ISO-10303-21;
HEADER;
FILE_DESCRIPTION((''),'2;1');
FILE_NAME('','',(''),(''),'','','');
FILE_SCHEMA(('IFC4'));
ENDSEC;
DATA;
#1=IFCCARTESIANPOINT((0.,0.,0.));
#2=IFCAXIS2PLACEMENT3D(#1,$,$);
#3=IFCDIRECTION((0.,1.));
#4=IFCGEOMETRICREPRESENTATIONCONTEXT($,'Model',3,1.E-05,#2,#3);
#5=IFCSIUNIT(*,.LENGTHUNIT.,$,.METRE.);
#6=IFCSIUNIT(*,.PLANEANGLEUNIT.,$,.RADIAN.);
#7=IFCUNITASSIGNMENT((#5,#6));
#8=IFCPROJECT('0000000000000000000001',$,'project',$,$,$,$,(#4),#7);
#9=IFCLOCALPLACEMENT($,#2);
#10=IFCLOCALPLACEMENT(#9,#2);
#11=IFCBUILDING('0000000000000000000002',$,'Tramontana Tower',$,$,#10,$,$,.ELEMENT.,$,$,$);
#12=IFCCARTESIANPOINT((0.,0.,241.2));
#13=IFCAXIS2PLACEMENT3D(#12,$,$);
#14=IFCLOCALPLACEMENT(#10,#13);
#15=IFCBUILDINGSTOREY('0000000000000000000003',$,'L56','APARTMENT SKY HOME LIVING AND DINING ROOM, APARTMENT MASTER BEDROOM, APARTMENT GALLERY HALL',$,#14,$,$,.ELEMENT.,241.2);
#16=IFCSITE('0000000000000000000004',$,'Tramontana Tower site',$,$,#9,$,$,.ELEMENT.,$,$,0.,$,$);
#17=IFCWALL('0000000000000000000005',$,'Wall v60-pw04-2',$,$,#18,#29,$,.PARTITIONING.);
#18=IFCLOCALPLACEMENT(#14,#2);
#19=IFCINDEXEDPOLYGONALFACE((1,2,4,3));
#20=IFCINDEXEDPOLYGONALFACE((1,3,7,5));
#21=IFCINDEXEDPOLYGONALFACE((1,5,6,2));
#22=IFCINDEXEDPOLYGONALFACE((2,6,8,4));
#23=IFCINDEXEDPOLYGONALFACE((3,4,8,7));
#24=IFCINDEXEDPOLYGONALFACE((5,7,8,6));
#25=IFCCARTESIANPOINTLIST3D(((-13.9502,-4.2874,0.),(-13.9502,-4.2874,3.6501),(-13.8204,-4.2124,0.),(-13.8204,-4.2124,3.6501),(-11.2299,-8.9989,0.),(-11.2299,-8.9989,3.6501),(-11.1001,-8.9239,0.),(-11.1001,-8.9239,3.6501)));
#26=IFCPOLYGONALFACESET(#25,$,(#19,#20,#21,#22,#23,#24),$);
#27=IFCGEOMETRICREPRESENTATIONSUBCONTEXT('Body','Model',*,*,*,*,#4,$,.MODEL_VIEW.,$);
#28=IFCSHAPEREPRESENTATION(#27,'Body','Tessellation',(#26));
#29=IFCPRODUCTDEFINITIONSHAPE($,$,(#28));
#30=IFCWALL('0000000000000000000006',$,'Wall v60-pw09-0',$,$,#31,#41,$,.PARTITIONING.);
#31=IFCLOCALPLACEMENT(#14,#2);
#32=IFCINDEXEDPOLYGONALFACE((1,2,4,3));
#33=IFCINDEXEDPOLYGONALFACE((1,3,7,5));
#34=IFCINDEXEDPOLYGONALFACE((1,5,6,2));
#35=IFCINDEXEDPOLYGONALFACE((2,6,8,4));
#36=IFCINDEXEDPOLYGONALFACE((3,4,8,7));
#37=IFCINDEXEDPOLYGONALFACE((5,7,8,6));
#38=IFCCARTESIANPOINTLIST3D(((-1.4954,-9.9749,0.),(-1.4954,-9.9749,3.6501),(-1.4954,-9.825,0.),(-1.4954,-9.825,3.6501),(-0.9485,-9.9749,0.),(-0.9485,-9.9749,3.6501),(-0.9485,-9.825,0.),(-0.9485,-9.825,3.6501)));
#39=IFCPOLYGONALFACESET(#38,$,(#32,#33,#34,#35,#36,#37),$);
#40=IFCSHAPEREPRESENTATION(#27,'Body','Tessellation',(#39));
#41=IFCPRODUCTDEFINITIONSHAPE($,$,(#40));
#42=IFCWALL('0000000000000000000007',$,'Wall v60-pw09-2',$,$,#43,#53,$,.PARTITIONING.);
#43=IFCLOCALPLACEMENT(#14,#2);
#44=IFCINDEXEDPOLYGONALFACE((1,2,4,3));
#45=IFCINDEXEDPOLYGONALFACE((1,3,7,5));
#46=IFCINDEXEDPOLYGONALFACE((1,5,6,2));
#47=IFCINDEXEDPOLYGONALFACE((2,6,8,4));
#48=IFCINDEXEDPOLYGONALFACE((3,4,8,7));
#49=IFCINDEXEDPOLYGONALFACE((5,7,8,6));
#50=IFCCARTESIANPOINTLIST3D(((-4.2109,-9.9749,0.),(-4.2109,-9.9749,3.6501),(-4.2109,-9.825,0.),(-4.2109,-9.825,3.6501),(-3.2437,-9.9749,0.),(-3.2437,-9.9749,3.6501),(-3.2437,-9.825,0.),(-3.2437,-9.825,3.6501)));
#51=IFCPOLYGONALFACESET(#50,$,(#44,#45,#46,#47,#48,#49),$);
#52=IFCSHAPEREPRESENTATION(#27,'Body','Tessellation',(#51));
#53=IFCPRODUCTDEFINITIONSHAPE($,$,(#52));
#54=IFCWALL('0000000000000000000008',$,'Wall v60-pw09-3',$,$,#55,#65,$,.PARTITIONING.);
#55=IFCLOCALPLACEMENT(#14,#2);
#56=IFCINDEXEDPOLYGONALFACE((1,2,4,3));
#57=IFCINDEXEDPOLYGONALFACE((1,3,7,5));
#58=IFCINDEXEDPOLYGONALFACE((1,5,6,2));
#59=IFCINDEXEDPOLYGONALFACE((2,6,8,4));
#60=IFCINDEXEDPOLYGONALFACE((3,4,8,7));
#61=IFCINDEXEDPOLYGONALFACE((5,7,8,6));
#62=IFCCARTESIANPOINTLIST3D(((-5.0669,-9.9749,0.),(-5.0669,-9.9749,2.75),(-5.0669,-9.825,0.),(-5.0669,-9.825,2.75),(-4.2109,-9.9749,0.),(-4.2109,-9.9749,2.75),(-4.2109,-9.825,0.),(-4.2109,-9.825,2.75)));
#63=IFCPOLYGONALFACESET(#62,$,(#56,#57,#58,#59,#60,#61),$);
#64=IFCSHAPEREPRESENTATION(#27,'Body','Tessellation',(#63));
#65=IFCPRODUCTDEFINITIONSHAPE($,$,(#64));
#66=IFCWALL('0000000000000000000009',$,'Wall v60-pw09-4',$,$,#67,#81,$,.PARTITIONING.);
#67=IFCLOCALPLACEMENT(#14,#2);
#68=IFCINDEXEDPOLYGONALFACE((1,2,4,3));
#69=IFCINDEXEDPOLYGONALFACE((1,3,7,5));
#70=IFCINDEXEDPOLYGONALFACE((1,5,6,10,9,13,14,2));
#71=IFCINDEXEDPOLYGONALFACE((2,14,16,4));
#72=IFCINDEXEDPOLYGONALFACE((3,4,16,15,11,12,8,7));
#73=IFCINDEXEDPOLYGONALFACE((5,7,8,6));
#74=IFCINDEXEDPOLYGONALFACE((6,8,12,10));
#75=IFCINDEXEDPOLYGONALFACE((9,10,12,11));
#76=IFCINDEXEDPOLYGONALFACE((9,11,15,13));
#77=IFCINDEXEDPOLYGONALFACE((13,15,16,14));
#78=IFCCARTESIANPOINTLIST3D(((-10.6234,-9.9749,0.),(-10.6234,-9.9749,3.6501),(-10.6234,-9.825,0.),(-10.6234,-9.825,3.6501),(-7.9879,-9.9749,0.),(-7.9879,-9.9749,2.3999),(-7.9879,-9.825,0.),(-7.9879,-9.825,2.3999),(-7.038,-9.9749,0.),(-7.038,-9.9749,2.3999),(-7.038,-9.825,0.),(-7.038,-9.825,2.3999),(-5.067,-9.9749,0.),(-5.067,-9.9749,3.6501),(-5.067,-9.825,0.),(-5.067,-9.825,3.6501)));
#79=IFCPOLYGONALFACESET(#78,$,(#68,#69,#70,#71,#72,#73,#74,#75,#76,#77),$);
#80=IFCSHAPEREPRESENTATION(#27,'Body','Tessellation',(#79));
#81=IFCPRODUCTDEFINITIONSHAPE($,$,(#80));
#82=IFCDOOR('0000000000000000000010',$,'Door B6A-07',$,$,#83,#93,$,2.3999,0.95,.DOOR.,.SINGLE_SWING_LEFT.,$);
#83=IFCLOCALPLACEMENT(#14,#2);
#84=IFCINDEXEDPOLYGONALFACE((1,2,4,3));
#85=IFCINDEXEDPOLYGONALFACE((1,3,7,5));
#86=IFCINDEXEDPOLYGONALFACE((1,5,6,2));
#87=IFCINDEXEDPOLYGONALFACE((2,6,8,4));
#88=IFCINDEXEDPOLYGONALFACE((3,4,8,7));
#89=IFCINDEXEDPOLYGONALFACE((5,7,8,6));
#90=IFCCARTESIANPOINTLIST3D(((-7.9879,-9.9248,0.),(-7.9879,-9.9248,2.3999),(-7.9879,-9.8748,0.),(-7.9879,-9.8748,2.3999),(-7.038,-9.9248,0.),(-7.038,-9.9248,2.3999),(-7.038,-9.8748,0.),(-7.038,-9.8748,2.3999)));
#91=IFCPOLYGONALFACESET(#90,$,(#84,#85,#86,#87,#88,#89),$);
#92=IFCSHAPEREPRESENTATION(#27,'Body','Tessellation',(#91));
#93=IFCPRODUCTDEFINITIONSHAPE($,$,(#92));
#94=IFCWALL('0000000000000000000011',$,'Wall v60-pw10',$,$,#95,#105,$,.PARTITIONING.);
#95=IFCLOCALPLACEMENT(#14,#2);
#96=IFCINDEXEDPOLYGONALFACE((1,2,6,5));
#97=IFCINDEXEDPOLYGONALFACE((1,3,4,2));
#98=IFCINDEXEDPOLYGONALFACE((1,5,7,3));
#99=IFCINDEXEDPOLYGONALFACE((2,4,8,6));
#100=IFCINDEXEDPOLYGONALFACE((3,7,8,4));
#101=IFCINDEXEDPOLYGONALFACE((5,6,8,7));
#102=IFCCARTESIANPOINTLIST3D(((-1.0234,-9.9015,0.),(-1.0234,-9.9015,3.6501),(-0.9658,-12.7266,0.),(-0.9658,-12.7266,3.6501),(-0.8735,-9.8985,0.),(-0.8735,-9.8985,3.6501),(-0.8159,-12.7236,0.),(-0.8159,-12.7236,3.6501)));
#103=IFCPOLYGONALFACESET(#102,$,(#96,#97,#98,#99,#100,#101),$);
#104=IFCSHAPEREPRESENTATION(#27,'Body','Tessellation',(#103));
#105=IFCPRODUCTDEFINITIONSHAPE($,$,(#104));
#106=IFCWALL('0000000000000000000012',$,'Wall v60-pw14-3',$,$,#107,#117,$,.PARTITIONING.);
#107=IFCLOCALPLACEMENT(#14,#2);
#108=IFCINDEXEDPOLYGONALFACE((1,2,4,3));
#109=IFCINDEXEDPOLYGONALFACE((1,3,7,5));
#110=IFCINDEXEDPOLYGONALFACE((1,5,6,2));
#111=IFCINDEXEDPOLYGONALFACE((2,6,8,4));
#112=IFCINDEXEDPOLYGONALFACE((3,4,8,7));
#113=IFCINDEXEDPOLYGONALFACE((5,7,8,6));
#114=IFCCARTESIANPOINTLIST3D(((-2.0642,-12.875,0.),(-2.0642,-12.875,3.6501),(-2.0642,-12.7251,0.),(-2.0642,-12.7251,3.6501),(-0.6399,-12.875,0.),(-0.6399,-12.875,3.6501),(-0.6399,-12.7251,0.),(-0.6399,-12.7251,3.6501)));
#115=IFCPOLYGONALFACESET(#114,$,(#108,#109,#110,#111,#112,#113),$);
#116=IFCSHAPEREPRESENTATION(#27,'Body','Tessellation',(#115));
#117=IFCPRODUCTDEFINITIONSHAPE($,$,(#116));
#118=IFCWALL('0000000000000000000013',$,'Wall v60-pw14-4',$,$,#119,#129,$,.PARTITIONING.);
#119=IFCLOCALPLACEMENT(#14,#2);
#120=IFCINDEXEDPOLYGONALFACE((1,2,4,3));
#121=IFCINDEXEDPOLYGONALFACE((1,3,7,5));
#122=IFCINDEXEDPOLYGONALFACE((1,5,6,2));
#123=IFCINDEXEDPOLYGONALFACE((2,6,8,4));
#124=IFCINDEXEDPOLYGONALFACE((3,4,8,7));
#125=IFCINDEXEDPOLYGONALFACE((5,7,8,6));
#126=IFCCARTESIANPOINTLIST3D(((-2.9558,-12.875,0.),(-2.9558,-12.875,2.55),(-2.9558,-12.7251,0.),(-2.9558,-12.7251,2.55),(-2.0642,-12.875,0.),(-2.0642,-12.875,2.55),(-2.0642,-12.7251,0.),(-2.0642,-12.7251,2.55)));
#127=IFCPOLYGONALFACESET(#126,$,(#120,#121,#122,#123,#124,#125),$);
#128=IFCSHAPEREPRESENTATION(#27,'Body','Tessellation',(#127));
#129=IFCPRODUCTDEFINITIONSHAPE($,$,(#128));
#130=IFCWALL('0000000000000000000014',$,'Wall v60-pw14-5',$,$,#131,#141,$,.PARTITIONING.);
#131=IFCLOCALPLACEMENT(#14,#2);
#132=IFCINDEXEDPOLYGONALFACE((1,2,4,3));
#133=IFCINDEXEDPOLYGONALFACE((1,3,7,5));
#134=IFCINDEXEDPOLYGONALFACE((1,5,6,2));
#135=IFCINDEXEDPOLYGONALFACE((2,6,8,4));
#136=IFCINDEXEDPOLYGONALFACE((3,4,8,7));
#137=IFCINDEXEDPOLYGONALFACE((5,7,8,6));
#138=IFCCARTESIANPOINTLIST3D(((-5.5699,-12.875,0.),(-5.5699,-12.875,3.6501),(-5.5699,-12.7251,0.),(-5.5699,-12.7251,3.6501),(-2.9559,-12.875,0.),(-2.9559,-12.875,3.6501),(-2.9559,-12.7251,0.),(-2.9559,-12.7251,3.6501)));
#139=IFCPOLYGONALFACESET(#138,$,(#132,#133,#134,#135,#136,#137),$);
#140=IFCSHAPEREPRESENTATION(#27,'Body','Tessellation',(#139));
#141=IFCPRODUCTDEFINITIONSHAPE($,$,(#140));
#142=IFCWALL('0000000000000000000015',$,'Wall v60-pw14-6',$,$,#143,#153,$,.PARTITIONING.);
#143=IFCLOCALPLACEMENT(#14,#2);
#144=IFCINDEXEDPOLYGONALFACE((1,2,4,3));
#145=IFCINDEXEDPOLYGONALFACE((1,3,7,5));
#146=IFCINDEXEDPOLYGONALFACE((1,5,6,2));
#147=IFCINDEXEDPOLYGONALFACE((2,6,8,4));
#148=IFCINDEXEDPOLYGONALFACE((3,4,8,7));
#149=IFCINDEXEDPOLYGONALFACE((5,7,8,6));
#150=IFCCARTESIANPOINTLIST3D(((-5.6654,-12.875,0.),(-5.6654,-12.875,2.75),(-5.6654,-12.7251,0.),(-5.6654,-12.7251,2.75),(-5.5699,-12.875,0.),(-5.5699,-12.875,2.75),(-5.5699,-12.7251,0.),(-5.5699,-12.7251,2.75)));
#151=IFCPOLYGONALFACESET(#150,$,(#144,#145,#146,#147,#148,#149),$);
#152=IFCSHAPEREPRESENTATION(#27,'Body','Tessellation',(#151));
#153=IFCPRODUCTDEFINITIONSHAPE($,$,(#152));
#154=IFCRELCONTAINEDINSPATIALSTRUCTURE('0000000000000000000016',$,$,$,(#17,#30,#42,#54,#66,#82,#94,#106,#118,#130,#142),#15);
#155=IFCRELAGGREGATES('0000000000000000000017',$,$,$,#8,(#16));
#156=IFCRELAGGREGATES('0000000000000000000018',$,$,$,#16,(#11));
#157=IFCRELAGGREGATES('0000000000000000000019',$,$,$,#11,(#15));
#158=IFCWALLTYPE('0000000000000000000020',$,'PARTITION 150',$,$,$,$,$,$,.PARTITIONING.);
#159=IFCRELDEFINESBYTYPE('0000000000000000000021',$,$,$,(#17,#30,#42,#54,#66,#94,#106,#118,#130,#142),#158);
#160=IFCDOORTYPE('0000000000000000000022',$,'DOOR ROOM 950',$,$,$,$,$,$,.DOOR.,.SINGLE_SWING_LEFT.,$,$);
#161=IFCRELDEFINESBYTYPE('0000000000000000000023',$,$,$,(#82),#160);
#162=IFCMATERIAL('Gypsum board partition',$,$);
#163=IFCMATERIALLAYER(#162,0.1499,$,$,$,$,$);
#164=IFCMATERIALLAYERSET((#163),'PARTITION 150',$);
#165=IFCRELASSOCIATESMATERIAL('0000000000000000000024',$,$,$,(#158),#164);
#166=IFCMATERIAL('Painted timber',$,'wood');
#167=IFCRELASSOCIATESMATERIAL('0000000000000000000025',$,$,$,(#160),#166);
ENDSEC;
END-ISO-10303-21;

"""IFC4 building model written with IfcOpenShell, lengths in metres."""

from ifc_helpers import new_model, si_unit, direction, frame, frame_2d, origin, place, context, subcontext, project, spatial, rectangle, extrude, material, layer, layer_set, type_object, element, fill, save


model = new_model("IFC4")

# Units and contexts
model_context = context("Model", 3, precision=1e-05, world=origin(), true_north=direction((0.0, 1.0)))
body_context = subcontext(model_context, "Body", "Model", "MODEL_VIEW")
ifc_project = project(units=[si_unit("LENGTHUNIT", "METRE"), si_unit("PLANEANGLEUNIT", "RADIAN")], contexts=[model_context])

# Site, building, storey
site_placement = place(None, origin())
site = spatial("IfcSite", under=ifc_project, at=site_placement, Name="Tramontana Tower site", CompositionType="ELEMENT", RefElevation=0.0)
building_placement = place(site_placement, origin())
building = spatial("IfcBuilding", under=site, at=building_placement, Name="Tramontana Tower", CompositionType="ELEMENT")
storey_placement = place(building_placement, frame((0.0, 0.0, 241.2)))
storey = spatial("IfcBuildingStorey", under=building, at=storey_placement, Name="L56", Description="APARTMENT SKY HOME LIVING AND DINING ROOM, APARTMENT MASTER BEDROOM, APARTMENT GALLERY HALL", CompositionType="ELEMENT", Elevation=241.2)

# Walls
ifc_material_1 = material(Name="Gypsum board partition")
ifc_layer_1 = layer(ifc_material_1, 0.1499)
ifc_layer_set_1 = layer_set([ifc_layer_1], Name="PARTITION 150")
wall_type_1 = type_object("IfcWallType", Name="PARTITION 150", PredefinedType="PARTITIONING", material=ifc_layer_set_1)
wall_1_placement = place(storey_placement, frame((-11.165, -8.9614, 0.0), z_axis=(0.0, 0.0, 1.0), x_axis=(-0.50001, 0.86602, 0.0)))
element("IfcWall", 1, at=wall_1_placement, inside=storey, type_object=wall_type_1, Name="Wall v60-pw04-2", PredefinedType="PARTITIONING", context=body_context, shape_type="SweptSolid", body=[
    extrude(rectangle(XDim=5.4404, YDim=0.1499, at=frame_2d((2.7202, 0.0))), origin(), (0.0, 0.0, 1.0), 3.6501),
])
wall_2_placement = place(storey_placement, frame((-0.9485, -9.8999, 0.0), z_axis=(0.0, 0.0, 1.0), x_axis=(-1.0, 0.0, 0.0)))
element("IfcWall", 2, at=wall_2_placement, inside=storey, type_object=wall_type_1, Name="Wall v60-pw09-0", PredefinedType="PARTITIONING", context=body_context, shape_type="SweptSolid", body=[
    extrude(rectangle(XDim=0.5469, YDim=0.1499, at=frame_2d((0.2734, 0.0))), origin(), (0.0, 0.0, 1.0), 3.6501),
])

# Shared definitions
ifc_material_2 = material(Name="Painted timber", Category="wood")
door_type_1 = type_object("IfcDoorType", Name="DOOR ROOM 950", OperationType="SINGLE_SWING_LEFT", PredefinedType="DOOR", material=ifc_material_2)

# Walls
wall_3_placement = place(storey_placement, frame((-3.2437, -9.8999, 0.0), z_axis=(0.0, 0.0, 1.0), x_axis=(-1.0, 0.0, 0.0)))
element("IfcWall", 3, at=wall_3_placement, inside=storey, type_object=wall_type_1, Name="Wall v60-pw09-2", PredefinedType="PARTITIONING", context=body_context, shape_type="SweptSolid", body=[
    extrude(rectangle(XDim=0.9673, YDim=0.1499, at=frame_2d((0.4836, 0.0))), origin(), (0.0, 0.0, 1.0), 3.6501),
])
wall_4_placement = place(storey_placement, frame((-4.2109, -9.8999, 0.0), z_axis=(0.0, 0.0, 1.0), x_axis=(-1.0, 0.0, 0.0)))
element("IfcWall", 4, at=wall_4_placement, inside=storey, type_object=wall_type_1, Name="Wall v60-pw09-3", PredefinedType="PARTITIONING", context=body_context, shape_type="SweptSolid", body=[
    extrude(rectangle(XDim=0.856, YDim=0.1499, at=frame_2d((0.428, 0.0))), origin(), (0.0, 0.0, 1.0), 2.75),
])

# Wall, opening, door
wall_5_placement = place(storey_placement, frame((-5.0669, -9.8999, 0.0), z_axis=(0.0, 0.0, 1.0), x_axis=(-1.0, 0.0, 0.0)))
wall_5 = element("IfcWall", 5, at=wall_5_placement, inside=storey, type_object=wall_type_1, Name="Wall v60-pw09-4", PredefinedType="PARTITIONING", context=body_context, shape_type="SweptSolid", body=[
    extrude(rectangle(XDim=5.5564, YDim=0.1499, at=frame_2d((2.7783, 0.0))), origin(), (0.0, 0.0, 1.0), 3.6501),
])
opening_1_placement = place(wall_5_placement, frame((1.9709, 0.0, 0.0)))
opening_1 = element("IfcOpeningElement", 6, at=opening_1_placement, cuts=wall_5, PredefinedType="OPENING", context=body_context, shape_type="SweptSolid", body=[
    extrude(rectangle(XDim=0.95, YDim=2.3999, at=frame_2d((0.4751, 1.2))), frame((0.0, 0.085, 0.0), z_axis=(0.0, -1.0, 0.0), x_axis=(1.0, 0.0, 0.0)), (0.0, 0.0, 1.0), 0.1699),
])
door_1_placement = place(opening_1_placement, origin())
door_1 = element("IfcDoor", 7, at=door_1_placement, inside=storey, type_object=door_type_1, Name="Door B6A-07", OperationType="SINGLE_SWING_LEFT", OverallHeight=2.3999, OverallWidth=0.95, PredefinedType="DOOR", context=body_context, shape_type="SweptSolid", body=[
    extrude(rectangle(XDim=0.95, YDim=2.3999, at=frame_2d((0.4751, 1.2))), frame((0.0, 0.0249, 0.0), z_axis=(0.0, -1.0, 0.0), x_axis=(1.0, 0.0, 0.0)), (0.0, 0.0, 1.0), 0.05),
])
fill(opening_1, door_1)

# Walls
wall_6_placement = place(storey_placement, frame((-0.8909, -12.7251, 0.0), z_axis=(0.0, 0.0, 1.0), x_axis=(-0.02039, 0.999792, 0.0)))
element("IfcWall", 8, at=wall_6_placement, inside=storey, type_object=wall_type_1, Name="Wall v60-pw10", PredefinedType="PARTITIONING", context=body_context, shape_type="SweptSolid", body=[
    extrude(rectangle(XDim=2.8257, YDim=0.1499, at=frame_2d((1.4128, 0.0))), origin(), (0.0, 0.0, 1.0), 3.6501),
])
wall_7_placement = place(storey_placement, frame((-0.6399, -12.8, 0.0), z_axis=(0.0, 0.0, 1.0), x_axis=(-1.0, 0.0, 0.0)))
element("IfcWall", 9, at=wall_7_placement, inside=storey, type_object=wall_type_1, Name="Wall v60-pw14-3", PredefinedType="PARTITIONING", context=body_context, shape_type="SweptSolid", body=[
    extrude(rectangle(XDim=1.4243, YDim=0.1499, at=frame_2d((0.7122, 0.0))), origin(), (0.0, 0.0, 1.0), 3.6501),
])
wall_8_placement = place(storey_placement, frame((-2.0642, -12.8, 0.0), z_axis=(0.0, 0.0, 1.0), x_axis=(-1.0, 0.0, 0.0)))
element("IfcWall", 10, at=wall_8_placement, inside=storey, type_object=wall_type_1, Name="Wall v60-pw14-4", PredefinedType="PARTITIONING", context=body_context, shape_type="SweptSolid", body=[
    extrude(rectangle(XDim=0.8916, YDim=0.1499, at=frame_2d((0.4458, 0.0))), origin(), (0.0, 0.0, 1.0), 2.55),
])
wall_9_placement = place(storey_placement, frame((-2.9558, -12.8, 0.0), z_axis=(0.0, 0.0, 1.0), x_axis=(-1.0, 0.0, 0.0)))
element("IfcWall", 11, at=wall_9_placement, inside=storey, type_object=wall_type_1, Name="Wall v60-pw14-5", PredefinedType="PARTITIONING", context=body_context, shape_type="SweptSolid", body=[
    extrude(rectangle(XDim=2.614, YDim=0.1499, at=frame_2d((1.3071, 0.0))), origin(), (0.0, 0.0, 1.0), 3.6501),
])
wall_10_placement = place(storey_placement, frame((-5.5698, -12.8, 0.0), z_axis=(0.0, 0.0, 1.0), x_axis=(-1.0, 0.0, 0.0)))
element("IfcWall", 12, at=wall_10_placement, inside=storey, type_object=wall_type_1, Name="Wall v60-pw14-6", PredefinedType="PARTITIONING", context=body_context, shape_type="SweptSolid", body=[
    extrude(rectangle(XDim=0.0955, YDim=0.1499, at=frame_2d((0.0479, 0.0))), origin(), (0.0, 0.0, 1.0), 2.75),
])

save(model, "model.ifc")
